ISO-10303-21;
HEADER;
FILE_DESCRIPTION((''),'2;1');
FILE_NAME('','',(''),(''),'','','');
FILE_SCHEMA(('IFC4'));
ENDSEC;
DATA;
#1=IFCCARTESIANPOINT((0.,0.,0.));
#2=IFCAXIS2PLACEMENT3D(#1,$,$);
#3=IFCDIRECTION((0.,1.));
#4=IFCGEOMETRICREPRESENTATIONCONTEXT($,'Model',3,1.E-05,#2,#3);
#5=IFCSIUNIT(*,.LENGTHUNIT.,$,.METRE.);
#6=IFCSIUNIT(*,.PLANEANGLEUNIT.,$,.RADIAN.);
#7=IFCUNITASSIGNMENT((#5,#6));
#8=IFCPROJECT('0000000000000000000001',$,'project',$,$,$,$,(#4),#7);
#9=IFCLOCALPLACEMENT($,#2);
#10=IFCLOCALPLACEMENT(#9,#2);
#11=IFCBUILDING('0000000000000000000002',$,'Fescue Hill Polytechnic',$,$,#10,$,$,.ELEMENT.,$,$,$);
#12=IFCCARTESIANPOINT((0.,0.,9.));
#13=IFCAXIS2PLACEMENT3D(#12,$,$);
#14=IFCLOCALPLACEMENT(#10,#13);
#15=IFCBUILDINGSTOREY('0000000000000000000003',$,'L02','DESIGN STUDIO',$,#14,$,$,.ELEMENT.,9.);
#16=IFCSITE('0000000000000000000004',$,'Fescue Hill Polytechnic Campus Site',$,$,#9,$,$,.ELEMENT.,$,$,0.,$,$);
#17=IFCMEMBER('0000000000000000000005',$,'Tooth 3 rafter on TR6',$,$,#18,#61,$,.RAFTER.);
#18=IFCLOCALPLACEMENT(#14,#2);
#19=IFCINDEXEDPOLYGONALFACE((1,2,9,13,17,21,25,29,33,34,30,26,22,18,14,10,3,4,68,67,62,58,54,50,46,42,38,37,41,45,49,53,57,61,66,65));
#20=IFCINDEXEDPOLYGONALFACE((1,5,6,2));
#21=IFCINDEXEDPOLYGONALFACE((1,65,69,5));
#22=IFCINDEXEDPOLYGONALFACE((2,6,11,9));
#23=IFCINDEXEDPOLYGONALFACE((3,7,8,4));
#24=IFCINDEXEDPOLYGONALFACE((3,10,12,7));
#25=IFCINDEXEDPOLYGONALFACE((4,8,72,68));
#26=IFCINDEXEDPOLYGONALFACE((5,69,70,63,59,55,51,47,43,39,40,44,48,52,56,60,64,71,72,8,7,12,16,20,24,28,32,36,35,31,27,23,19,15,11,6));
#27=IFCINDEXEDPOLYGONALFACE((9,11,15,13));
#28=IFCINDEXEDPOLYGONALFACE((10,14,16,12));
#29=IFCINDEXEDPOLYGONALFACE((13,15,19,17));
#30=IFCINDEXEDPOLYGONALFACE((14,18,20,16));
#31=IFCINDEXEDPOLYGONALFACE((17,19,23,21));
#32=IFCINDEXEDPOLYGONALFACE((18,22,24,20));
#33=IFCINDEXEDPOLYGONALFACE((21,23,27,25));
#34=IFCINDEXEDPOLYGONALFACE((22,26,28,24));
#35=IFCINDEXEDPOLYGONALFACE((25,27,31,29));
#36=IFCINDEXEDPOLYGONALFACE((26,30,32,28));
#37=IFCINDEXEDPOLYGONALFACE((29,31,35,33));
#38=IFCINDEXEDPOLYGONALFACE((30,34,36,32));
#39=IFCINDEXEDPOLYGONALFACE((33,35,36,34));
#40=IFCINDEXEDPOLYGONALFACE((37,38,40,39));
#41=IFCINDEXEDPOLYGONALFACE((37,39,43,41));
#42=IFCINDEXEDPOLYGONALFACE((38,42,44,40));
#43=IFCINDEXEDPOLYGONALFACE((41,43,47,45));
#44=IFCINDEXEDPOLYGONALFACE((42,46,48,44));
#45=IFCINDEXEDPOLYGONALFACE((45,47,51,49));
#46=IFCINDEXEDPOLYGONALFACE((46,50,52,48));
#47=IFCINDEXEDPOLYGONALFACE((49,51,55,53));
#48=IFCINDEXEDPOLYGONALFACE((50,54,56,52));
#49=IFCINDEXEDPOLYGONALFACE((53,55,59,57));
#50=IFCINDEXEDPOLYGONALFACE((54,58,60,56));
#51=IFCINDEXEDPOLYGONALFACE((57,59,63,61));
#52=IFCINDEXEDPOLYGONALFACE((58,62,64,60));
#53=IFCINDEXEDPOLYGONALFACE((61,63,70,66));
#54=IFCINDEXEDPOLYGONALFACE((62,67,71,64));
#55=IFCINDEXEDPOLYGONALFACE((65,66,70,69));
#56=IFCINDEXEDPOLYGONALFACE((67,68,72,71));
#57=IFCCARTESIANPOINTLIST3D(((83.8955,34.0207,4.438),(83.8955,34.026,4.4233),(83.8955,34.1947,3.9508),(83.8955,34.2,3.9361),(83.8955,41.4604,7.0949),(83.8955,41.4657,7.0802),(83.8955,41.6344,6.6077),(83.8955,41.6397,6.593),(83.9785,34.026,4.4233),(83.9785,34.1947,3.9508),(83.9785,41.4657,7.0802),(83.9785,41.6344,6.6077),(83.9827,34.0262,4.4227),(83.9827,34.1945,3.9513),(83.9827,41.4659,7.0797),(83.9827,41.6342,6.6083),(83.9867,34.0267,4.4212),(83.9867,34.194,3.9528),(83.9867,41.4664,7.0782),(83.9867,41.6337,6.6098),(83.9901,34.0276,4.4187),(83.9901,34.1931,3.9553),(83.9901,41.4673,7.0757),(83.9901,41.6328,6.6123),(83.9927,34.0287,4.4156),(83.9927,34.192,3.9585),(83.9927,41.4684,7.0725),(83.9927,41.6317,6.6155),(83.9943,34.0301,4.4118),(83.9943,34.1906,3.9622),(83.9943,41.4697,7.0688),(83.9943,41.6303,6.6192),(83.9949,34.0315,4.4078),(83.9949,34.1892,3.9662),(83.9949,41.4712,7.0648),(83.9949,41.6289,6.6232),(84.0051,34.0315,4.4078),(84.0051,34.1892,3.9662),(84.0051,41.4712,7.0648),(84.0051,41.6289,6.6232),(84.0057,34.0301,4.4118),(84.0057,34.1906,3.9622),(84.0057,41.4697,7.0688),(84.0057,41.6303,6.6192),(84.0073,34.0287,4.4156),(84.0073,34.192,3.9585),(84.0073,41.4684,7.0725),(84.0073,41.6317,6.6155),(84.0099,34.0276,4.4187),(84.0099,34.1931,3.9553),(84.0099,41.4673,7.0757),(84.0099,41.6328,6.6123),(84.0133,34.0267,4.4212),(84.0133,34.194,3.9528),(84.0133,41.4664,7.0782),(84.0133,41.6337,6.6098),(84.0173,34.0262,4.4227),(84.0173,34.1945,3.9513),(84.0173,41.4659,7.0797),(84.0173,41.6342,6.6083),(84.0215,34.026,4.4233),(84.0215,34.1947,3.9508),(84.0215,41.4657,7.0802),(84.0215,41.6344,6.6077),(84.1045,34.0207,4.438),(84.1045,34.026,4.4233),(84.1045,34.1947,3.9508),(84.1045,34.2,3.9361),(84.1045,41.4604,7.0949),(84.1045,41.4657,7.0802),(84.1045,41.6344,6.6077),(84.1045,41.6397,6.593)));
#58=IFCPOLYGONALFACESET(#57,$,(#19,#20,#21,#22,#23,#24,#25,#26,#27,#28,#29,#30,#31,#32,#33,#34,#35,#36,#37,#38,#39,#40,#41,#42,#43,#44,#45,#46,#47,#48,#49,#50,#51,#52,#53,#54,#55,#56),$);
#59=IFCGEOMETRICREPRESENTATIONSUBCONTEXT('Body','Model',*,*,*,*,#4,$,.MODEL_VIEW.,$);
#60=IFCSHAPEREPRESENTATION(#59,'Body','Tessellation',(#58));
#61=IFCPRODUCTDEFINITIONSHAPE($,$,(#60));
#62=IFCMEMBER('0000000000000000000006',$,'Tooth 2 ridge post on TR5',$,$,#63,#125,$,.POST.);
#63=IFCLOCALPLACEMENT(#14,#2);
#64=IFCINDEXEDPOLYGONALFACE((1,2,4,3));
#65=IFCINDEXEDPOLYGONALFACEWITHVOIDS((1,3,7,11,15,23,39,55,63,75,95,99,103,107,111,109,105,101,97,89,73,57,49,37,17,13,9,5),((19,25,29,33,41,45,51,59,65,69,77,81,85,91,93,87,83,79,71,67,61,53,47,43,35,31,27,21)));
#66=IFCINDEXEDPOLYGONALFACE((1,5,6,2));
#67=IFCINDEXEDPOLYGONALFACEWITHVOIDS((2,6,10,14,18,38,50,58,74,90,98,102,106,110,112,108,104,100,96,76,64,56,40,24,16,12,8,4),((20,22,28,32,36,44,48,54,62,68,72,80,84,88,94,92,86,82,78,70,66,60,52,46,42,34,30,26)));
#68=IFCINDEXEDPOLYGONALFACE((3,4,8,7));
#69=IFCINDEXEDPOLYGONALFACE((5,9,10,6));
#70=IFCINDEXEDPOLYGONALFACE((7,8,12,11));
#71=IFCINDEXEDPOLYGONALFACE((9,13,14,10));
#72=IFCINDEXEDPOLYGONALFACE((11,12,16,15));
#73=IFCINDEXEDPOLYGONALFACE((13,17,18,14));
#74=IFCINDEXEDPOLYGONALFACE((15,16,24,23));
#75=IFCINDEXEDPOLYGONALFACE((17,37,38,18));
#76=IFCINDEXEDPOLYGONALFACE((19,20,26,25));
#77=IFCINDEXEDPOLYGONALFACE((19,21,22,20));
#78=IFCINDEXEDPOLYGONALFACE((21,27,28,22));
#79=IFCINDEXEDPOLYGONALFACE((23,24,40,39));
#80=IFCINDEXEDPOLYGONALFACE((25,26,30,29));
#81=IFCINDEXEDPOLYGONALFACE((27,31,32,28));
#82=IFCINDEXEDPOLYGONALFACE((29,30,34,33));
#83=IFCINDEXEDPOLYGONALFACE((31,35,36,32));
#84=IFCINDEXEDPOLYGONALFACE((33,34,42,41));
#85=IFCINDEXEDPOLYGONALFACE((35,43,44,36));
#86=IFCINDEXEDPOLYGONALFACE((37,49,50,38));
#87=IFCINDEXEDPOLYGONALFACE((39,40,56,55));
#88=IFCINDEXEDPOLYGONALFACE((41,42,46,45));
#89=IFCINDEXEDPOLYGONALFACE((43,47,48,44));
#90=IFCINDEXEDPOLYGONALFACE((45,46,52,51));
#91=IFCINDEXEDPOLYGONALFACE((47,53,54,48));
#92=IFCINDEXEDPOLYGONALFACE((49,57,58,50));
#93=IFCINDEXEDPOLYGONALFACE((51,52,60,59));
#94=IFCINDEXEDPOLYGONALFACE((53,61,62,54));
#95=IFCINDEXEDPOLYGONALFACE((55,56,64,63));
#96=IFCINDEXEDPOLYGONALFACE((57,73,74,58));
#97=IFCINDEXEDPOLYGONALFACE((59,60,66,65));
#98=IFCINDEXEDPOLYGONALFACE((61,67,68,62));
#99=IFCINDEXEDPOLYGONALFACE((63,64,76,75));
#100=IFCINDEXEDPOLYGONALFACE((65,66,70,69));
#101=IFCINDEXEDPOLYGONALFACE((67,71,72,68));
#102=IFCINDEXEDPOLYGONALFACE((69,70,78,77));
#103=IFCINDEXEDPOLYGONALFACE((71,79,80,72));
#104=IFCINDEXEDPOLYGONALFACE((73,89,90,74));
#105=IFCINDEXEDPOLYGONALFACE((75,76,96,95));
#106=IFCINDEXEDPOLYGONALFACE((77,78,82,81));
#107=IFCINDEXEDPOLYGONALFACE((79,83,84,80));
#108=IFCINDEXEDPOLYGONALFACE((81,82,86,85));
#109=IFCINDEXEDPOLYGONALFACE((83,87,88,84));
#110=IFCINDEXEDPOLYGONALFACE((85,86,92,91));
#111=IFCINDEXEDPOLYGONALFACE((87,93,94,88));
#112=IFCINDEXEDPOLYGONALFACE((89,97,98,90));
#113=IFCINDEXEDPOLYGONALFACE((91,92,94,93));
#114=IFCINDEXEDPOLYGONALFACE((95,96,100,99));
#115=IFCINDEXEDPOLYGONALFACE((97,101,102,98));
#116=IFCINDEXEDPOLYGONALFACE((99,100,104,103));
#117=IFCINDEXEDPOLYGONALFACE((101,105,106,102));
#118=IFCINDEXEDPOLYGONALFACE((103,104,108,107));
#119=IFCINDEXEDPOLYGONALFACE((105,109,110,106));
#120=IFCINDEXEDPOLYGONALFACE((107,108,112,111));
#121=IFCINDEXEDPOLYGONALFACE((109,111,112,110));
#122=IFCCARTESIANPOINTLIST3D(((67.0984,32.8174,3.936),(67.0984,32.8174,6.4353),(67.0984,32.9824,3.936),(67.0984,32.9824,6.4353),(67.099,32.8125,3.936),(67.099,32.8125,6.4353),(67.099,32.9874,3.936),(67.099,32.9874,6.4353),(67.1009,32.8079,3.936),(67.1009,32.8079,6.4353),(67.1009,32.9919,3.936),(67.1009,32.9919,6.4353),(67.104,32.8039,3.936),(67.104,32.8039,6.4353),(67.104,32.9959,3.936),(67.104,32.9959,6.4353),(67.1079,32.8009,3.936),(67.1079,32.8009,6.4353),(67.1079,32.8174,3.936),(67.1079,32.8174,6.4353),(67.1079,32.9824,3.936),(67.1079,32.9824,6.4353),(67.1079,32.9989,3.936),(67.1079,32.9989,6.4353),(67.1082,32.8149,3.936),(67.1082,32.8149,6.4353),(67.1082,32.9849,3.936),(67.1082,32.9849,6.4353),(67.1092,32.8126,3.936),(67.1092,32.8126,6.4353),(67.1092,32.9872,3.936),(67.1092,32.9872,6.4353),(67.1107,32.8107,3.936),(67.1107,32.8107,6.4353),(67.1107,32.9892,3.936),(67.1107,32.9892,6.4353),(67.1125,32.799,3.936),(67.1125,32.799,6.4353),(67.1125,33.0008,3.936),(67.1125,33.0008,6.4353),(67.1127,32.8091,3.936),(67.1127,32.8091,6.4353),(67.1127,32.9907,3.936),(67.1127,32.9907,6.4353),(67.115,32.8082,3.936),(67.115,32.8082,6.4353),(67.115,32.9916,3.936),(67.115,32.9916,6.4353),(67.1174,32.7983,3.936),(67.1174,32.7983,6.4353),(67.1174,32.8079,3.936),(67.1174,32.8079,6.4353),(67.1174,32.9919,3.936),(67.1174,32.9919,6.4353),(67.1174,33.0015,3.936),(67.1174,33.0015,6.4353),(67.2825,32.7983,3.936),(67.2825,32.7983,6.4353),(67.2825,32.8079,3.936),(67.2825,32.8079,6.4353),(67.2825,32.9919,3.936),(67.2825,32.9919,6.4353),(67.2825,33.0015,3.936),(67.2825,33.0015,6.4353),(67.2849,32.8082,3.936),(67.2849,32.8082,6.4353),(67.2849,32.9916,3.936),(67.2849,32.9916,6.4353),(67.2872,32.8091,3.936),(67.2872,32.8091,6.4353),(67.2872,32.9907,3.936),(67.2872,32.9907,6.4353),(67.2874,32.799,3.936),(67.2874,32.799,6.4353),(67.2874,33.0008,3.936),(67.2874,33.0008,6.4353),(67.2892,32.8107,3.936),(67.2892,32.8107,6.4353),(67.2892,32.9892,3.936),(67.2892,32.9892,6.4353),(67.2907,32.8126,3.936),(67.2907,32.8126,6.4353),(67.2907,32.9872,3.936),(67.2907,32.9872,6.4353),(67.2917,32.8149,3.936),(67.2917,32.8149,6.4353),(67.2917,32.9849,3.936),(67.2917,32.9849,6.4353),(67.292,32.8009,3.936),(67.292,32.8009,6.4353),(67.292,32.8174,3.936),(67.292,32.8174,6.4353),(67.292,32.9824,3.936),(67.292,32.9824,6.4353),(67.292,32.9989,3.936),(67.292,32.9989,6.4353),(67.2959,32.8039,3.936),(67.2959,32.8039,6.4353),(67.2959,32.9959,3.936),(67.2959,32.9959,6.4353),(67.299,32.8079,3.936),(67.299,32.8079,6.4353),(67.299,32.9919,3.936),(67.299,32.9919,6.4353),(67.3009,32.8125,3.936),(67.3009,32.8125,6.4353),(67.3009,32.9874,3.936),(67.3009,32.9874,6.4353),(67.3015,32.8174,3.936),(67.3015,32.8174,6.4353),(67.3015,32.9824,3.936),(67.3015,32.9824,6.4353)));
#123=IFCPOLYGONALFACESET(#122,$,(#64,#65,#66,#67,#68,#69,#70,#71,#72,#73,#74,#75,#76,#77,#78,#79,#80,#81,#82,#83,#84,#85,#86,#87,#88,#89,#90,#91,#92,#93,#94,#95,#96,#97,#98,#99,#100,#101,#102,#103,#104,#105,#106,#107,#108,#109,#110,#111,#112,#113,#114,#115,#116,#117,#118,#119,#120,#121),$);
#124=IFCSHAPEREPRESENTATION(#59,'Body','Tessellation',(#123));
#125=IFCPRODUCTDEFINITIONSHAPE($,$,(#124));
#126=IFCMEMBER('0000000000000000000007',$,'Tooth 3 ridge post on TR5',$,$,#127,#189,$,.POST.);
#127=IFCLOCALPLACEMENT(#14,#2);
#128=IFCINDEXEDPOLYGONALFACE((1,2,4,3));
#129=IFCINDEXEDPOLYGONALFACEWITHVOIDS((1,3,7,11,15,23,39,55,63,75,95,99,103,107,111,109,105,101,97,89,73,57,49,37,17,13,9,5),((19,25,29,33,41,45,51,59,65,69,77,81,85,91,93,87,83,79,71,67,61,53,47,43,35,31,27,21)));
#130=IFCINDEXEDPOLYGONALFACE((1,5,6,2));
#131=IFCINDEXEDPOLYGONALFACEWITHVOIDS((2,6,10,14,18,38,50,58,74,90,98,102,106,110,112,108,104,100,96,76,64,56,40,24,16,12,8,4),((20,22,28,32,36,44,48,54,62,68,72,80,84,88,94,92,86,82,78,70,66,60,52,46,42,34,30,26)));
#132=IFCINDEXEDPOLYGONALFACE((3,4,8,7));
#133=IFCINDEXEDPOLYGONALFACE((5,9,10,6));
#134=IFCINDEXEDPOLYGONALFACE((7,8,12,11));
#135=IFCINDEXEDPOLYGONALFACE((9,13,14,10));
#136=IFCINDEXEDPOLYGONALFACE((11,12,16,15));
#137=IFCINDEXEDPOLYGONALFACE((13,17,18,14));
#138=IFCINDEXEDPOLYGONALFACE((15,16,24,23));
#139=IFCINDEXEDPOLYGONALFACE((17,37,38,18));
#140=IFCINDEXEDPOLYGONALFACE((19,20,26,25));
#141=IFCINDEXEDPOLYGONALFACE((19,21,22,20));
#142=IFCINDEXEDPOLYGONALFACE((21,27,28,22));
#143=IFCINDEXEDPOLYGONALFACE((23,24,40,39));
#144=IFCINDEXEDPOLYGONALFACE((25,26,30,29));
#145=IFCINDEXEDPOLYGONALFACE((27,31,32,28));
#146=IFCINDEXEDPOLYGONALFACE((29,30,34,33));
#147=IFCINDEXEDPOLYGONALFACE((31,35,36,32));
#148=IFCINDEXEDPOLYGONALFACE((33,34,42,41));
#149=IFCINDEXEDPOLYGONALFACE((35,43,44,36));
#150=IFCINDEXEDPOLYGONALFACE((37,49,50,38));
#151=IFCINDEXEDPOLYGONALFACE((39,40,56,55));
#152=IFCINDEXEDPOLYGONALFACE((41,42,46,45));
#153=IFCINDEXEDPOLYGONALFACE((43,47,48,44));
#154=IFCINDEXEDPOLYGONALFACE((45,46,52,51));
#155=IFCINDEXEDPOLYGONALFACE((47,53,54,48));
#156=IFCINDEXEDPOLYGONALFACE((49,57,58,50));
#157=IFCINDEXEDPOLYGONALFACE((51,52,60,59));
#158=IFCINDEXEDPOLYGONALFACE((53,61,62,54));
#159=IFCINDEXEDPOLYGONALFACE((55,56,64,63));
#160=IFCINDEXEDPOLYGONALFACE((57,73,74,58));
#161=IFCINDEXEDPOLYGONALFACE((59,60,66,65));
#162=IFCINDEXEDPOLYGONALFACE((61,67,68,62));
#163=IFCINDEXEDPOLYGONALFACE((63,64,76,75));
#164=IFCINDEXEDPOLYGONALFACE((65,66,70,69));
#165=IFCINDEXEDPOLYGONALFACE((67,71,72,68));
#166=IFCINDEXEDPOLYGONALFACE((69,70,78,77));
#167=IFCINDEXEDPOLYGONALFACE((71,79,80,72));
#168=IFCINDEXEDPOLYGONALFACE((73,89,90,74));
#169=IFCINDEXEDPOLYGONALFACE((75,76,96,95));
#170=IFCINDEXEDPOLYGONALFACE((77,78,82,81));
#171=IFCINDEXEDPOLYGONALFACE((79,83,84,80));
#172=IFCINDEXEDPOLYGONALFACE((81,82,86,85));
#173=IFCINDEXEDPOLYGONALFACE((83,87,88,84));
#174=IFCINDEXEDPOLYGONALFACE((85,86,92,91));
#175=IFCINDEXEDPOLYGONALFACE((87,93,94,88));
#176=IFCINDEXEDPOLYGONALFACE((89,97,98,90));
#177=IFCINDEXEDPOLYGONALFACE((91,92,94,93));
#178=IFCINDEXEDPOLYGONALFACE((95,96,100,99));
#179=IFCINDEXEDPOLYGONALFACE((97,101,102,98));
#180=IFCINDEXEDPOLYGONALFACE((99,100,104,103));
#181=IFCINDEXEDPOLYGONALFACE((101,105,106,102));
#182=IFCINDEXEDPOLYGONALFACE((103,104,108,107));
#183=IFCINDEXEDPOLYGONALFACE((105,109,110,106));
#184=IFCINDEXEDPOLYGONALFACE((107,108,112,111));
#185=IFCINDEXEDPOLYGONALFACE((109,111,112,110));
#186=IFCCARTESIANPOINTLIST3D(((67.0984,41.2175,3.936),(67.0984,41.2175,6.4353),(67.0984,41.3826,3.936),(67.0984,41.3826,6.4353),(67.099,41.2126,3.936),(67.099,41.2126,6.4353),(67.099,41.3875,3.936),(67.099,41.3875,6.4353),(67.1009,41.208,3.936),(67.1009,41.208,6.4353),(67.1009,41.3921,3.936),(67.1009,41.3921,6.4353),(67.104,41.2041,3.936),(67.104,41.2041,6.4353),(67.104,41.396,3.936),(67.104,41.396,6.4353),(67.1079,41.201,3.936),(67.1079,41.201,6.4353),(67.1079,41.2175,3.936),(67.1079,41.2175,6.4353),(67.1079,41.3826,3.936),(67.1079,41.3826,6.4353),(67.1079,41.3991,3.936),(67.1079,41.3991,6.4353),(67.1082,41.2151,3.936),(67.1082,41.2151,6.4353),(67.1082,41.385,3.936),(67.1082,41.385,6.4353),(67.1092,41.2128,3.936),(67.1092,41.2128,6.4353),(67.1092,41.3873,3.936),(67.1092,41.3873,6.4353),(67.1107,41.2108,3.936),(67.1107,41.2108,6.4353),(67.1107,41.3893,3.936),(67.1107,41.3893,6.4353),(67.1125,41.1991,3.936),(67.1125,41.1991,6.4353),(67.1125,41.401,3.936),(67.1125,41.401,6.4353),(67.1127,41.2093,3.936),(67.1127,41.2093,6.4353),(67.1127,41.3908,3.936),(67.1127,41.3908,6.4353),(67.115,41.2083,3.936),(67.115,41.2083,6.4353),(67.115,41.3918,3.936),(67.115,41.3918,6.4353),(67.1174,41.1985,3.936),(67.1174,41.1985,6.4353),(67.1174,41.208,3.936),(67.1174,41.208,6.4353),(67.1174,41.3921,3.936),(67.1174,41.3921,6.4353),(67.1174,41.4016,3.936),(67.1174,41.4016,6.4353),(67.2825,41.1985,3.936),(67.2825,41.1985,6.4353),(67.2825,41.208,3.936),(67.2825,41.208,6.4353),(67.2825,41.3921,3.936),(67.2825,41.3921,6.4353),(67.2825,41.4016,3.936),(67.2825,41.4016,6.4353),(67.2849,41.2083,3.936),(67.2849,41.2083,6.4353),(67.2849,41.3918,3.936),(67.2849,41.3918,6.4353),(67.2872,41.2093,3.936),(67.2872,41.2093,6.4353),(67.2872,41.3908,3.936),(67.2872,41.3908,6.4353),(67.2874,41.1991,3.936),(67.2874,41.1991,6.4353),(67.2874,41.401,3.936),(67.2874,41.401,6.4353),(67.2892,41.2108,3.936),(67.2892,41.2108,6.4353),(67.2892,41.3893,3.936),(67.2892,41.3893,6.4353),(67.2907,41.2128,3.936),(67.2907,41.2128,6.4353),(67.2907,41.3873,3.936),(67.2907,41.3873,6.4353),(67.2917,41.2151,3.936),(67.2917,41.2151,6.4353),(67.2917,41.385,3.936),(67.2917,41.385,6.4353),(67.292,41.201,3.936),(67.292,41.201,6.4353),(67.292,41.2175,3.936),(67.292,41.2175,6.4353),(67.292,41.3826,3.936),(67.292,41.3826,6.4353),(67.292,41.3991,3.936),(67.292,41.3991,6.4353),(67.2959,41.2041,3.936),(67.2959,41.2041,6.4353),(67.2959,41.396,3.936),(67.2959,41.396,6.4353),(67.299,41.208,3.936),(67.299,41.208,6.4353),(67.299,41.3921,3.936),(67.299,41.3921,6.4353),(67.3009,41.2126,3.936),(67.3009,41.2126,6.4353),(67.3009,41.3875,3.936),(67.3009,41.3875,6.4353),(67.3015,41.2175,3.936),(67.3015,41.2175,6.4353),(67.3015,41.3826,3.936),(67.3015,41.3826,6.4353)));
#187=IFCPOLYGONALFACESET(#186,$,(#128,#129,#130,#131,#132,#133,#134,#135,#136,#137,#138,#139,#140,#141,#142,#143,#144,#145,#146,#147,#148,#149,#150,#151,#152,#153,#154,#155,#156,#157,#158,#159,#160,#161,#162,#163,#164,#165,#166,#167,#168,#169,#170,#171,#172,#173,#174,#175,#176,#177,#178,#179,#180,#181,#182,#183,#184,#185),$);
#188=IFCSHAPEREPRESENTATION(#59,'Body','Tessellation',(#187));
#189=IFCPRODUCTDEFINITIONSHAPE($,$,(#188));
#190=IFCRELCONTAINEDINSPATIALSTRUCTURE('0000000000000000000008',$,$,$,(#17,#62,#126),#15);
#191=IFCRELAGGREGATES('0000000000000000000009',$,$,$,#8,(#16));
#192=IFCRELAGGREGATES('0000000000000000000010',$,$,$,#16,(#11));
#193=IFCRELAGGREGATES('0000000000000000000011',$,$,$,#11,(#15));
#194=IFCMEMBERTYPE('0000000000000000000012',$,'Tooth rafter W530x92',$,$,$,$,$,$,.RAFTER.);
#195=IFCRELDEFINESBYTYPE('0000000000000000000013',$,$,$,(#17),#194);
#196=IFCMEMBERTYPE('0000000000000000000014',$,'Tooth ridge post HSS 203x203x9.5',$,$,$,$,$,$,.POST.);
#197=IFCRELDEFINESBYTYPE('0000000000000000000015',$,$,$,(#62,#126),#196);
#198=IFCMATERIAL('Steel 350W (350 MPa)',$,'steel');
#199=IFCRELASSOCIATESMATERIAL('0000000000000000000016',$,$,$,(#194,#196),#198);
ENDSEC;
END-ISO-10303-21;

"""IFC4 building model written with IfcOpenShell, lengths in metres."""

from ifc_helpers import new_model, si_unit, direction, frame, origin, origin_2d, place, context, subcontext, project, spatial, hollow_rectangle, i_section, extrude, material, material_profile, profile_set, type_object, element, save


model = new_model("IFC4")

# Units and contexts
model_context = context("Model", 3, precision=1e-05, world=origin(), true_north=direction((0.0, 1.0)))
body_context = subcontext(model_context, "Body", "Model", "MODEL_VIEW")
ifc_project = project(units=[si_unit("LENGTHUNIT", "METRE"), si_unit("PLANEANGLEUNIT", "RADIAN")], contexts=[model_context])

# Site, building, storey
site_placement = place(None, origin())
site = spatial("IfcSite", under=ifc_project, at=site_placement, Name="Fescue Hill Polytechnic Campus Site", CompositionType="ELEMENT", RefElevation=0.0)
building_placement = place(site_placement, origin())
building = spatial("IfcBuilding", under=site, at=building_placement, Name="Fescue Hill Polytechnic", CompositionType="ELEMENT")
storey_placement = place(building_placement, frame((0.0, 0.0, 9.0)))
storey = spatial("IfcBuildingStorey", under=building, at=storey_placement, Name="L02", Description="DESIGN STUDIO", CompositionType="ELEMENT", Elevation=9.0)

# Members
ifc_material = material(Name="Steel 350W (350 MPa)", Category="steel")
ifc_material_profile_1 = material_profile(ifc_material, i_section(OverallWidth=0.209, OverallDepth=0.533, WebThickness=0.0103, FlangeThickness=0.0156, FilletRadius=0.0164, at=origin_2d()), Name="W530x92")
ifc_profile_set_1 = profile_set([ifc_material_profile_1], Name="Steel 350W (350 MPa)")
member_type_1 = type_object("IfcMemberType", Name="Tooth rafter W530x92", PredefinedType="RAFTER", material=ifc_profile_set_1)
for number, where, z_axis, x_axis, name in (
    (1, (84.0, 34.1104, 4.187), (0.0, 0.941744, 0.336331), (-1.0, 0.0, 0.0), "Tooth 3 rafter on TR6"),
):
    element("IfcMember", number, at=place(storey_placement, frame(where, z_axis=z_axis, x_axis=x_axis)), inside=storey, type_object=member_type_1, Name=name, PredefinedType="RAFTER", context=body_context, shape_type="SweptSolid", body=[
        extrude(i_section(OverallWidth=0.209, OverallDepth=0.533, WebThickness=0.0103, FlangeThickness=0.0156, FilletRadius=0.0164, at=origin_2d()), origin(), (0.0, 0.0, 1.0), 7.8999),
    ])
ifc_material_profile_2 = material_profile(ifc_material, hollow_rectangle(XDim=0.2031, YDim=0.2031, WallThickness=0.0095, InnerFilletRadius=0.0095, OuterFilletRadius=0.019, at=origin_2d()), Name="Tooth ridge post HSS 203x203x9.5")
ifc_profile_set_2 = profile_set([ifc_material_profile_2], Name="Steel 350W (350 MPa)")
member_type_2 = type_object("IfcMemberType", Name="Tooth ridge post HSS 203x203x9.5", PredefinedType="POST", material=ifc_profile_set_2)
for number, where, z_axis, x_axis, name in (
    (2, (67.2, 32.8999, 3.936), (0.0, 0.0, 1.0), (1.0, 0.0, 0.0), "Tooth 2 ridge post on TR5"),
    (3, (67.2, 41.3, 3.936), (0.0, 0.0, 1.0), (1.0, 0.0, 0.0), "Tooth 3 ridge post on TR5"),
):
    element("IfcMember", number, at=place(storey_placement, frame(where, z_axis=z_axis, x_axis=x_axis)), inside=storey, type_object=member_type_2, Name=name, PredefinedType="POST", context=body_context, shape_type="SweptSolid", body=[
        extrude(hollow_rectangle(XDim=0.2031, YDim=0.2031, WallThickness=0.0095, InnerFilletRadius=0.0095, OuterFilletRadius=0.019, at=origin_2d()), origin(), (0.0, 0.0, 1.0), 2.4993),
    ])

save(model, "model.ifc")
